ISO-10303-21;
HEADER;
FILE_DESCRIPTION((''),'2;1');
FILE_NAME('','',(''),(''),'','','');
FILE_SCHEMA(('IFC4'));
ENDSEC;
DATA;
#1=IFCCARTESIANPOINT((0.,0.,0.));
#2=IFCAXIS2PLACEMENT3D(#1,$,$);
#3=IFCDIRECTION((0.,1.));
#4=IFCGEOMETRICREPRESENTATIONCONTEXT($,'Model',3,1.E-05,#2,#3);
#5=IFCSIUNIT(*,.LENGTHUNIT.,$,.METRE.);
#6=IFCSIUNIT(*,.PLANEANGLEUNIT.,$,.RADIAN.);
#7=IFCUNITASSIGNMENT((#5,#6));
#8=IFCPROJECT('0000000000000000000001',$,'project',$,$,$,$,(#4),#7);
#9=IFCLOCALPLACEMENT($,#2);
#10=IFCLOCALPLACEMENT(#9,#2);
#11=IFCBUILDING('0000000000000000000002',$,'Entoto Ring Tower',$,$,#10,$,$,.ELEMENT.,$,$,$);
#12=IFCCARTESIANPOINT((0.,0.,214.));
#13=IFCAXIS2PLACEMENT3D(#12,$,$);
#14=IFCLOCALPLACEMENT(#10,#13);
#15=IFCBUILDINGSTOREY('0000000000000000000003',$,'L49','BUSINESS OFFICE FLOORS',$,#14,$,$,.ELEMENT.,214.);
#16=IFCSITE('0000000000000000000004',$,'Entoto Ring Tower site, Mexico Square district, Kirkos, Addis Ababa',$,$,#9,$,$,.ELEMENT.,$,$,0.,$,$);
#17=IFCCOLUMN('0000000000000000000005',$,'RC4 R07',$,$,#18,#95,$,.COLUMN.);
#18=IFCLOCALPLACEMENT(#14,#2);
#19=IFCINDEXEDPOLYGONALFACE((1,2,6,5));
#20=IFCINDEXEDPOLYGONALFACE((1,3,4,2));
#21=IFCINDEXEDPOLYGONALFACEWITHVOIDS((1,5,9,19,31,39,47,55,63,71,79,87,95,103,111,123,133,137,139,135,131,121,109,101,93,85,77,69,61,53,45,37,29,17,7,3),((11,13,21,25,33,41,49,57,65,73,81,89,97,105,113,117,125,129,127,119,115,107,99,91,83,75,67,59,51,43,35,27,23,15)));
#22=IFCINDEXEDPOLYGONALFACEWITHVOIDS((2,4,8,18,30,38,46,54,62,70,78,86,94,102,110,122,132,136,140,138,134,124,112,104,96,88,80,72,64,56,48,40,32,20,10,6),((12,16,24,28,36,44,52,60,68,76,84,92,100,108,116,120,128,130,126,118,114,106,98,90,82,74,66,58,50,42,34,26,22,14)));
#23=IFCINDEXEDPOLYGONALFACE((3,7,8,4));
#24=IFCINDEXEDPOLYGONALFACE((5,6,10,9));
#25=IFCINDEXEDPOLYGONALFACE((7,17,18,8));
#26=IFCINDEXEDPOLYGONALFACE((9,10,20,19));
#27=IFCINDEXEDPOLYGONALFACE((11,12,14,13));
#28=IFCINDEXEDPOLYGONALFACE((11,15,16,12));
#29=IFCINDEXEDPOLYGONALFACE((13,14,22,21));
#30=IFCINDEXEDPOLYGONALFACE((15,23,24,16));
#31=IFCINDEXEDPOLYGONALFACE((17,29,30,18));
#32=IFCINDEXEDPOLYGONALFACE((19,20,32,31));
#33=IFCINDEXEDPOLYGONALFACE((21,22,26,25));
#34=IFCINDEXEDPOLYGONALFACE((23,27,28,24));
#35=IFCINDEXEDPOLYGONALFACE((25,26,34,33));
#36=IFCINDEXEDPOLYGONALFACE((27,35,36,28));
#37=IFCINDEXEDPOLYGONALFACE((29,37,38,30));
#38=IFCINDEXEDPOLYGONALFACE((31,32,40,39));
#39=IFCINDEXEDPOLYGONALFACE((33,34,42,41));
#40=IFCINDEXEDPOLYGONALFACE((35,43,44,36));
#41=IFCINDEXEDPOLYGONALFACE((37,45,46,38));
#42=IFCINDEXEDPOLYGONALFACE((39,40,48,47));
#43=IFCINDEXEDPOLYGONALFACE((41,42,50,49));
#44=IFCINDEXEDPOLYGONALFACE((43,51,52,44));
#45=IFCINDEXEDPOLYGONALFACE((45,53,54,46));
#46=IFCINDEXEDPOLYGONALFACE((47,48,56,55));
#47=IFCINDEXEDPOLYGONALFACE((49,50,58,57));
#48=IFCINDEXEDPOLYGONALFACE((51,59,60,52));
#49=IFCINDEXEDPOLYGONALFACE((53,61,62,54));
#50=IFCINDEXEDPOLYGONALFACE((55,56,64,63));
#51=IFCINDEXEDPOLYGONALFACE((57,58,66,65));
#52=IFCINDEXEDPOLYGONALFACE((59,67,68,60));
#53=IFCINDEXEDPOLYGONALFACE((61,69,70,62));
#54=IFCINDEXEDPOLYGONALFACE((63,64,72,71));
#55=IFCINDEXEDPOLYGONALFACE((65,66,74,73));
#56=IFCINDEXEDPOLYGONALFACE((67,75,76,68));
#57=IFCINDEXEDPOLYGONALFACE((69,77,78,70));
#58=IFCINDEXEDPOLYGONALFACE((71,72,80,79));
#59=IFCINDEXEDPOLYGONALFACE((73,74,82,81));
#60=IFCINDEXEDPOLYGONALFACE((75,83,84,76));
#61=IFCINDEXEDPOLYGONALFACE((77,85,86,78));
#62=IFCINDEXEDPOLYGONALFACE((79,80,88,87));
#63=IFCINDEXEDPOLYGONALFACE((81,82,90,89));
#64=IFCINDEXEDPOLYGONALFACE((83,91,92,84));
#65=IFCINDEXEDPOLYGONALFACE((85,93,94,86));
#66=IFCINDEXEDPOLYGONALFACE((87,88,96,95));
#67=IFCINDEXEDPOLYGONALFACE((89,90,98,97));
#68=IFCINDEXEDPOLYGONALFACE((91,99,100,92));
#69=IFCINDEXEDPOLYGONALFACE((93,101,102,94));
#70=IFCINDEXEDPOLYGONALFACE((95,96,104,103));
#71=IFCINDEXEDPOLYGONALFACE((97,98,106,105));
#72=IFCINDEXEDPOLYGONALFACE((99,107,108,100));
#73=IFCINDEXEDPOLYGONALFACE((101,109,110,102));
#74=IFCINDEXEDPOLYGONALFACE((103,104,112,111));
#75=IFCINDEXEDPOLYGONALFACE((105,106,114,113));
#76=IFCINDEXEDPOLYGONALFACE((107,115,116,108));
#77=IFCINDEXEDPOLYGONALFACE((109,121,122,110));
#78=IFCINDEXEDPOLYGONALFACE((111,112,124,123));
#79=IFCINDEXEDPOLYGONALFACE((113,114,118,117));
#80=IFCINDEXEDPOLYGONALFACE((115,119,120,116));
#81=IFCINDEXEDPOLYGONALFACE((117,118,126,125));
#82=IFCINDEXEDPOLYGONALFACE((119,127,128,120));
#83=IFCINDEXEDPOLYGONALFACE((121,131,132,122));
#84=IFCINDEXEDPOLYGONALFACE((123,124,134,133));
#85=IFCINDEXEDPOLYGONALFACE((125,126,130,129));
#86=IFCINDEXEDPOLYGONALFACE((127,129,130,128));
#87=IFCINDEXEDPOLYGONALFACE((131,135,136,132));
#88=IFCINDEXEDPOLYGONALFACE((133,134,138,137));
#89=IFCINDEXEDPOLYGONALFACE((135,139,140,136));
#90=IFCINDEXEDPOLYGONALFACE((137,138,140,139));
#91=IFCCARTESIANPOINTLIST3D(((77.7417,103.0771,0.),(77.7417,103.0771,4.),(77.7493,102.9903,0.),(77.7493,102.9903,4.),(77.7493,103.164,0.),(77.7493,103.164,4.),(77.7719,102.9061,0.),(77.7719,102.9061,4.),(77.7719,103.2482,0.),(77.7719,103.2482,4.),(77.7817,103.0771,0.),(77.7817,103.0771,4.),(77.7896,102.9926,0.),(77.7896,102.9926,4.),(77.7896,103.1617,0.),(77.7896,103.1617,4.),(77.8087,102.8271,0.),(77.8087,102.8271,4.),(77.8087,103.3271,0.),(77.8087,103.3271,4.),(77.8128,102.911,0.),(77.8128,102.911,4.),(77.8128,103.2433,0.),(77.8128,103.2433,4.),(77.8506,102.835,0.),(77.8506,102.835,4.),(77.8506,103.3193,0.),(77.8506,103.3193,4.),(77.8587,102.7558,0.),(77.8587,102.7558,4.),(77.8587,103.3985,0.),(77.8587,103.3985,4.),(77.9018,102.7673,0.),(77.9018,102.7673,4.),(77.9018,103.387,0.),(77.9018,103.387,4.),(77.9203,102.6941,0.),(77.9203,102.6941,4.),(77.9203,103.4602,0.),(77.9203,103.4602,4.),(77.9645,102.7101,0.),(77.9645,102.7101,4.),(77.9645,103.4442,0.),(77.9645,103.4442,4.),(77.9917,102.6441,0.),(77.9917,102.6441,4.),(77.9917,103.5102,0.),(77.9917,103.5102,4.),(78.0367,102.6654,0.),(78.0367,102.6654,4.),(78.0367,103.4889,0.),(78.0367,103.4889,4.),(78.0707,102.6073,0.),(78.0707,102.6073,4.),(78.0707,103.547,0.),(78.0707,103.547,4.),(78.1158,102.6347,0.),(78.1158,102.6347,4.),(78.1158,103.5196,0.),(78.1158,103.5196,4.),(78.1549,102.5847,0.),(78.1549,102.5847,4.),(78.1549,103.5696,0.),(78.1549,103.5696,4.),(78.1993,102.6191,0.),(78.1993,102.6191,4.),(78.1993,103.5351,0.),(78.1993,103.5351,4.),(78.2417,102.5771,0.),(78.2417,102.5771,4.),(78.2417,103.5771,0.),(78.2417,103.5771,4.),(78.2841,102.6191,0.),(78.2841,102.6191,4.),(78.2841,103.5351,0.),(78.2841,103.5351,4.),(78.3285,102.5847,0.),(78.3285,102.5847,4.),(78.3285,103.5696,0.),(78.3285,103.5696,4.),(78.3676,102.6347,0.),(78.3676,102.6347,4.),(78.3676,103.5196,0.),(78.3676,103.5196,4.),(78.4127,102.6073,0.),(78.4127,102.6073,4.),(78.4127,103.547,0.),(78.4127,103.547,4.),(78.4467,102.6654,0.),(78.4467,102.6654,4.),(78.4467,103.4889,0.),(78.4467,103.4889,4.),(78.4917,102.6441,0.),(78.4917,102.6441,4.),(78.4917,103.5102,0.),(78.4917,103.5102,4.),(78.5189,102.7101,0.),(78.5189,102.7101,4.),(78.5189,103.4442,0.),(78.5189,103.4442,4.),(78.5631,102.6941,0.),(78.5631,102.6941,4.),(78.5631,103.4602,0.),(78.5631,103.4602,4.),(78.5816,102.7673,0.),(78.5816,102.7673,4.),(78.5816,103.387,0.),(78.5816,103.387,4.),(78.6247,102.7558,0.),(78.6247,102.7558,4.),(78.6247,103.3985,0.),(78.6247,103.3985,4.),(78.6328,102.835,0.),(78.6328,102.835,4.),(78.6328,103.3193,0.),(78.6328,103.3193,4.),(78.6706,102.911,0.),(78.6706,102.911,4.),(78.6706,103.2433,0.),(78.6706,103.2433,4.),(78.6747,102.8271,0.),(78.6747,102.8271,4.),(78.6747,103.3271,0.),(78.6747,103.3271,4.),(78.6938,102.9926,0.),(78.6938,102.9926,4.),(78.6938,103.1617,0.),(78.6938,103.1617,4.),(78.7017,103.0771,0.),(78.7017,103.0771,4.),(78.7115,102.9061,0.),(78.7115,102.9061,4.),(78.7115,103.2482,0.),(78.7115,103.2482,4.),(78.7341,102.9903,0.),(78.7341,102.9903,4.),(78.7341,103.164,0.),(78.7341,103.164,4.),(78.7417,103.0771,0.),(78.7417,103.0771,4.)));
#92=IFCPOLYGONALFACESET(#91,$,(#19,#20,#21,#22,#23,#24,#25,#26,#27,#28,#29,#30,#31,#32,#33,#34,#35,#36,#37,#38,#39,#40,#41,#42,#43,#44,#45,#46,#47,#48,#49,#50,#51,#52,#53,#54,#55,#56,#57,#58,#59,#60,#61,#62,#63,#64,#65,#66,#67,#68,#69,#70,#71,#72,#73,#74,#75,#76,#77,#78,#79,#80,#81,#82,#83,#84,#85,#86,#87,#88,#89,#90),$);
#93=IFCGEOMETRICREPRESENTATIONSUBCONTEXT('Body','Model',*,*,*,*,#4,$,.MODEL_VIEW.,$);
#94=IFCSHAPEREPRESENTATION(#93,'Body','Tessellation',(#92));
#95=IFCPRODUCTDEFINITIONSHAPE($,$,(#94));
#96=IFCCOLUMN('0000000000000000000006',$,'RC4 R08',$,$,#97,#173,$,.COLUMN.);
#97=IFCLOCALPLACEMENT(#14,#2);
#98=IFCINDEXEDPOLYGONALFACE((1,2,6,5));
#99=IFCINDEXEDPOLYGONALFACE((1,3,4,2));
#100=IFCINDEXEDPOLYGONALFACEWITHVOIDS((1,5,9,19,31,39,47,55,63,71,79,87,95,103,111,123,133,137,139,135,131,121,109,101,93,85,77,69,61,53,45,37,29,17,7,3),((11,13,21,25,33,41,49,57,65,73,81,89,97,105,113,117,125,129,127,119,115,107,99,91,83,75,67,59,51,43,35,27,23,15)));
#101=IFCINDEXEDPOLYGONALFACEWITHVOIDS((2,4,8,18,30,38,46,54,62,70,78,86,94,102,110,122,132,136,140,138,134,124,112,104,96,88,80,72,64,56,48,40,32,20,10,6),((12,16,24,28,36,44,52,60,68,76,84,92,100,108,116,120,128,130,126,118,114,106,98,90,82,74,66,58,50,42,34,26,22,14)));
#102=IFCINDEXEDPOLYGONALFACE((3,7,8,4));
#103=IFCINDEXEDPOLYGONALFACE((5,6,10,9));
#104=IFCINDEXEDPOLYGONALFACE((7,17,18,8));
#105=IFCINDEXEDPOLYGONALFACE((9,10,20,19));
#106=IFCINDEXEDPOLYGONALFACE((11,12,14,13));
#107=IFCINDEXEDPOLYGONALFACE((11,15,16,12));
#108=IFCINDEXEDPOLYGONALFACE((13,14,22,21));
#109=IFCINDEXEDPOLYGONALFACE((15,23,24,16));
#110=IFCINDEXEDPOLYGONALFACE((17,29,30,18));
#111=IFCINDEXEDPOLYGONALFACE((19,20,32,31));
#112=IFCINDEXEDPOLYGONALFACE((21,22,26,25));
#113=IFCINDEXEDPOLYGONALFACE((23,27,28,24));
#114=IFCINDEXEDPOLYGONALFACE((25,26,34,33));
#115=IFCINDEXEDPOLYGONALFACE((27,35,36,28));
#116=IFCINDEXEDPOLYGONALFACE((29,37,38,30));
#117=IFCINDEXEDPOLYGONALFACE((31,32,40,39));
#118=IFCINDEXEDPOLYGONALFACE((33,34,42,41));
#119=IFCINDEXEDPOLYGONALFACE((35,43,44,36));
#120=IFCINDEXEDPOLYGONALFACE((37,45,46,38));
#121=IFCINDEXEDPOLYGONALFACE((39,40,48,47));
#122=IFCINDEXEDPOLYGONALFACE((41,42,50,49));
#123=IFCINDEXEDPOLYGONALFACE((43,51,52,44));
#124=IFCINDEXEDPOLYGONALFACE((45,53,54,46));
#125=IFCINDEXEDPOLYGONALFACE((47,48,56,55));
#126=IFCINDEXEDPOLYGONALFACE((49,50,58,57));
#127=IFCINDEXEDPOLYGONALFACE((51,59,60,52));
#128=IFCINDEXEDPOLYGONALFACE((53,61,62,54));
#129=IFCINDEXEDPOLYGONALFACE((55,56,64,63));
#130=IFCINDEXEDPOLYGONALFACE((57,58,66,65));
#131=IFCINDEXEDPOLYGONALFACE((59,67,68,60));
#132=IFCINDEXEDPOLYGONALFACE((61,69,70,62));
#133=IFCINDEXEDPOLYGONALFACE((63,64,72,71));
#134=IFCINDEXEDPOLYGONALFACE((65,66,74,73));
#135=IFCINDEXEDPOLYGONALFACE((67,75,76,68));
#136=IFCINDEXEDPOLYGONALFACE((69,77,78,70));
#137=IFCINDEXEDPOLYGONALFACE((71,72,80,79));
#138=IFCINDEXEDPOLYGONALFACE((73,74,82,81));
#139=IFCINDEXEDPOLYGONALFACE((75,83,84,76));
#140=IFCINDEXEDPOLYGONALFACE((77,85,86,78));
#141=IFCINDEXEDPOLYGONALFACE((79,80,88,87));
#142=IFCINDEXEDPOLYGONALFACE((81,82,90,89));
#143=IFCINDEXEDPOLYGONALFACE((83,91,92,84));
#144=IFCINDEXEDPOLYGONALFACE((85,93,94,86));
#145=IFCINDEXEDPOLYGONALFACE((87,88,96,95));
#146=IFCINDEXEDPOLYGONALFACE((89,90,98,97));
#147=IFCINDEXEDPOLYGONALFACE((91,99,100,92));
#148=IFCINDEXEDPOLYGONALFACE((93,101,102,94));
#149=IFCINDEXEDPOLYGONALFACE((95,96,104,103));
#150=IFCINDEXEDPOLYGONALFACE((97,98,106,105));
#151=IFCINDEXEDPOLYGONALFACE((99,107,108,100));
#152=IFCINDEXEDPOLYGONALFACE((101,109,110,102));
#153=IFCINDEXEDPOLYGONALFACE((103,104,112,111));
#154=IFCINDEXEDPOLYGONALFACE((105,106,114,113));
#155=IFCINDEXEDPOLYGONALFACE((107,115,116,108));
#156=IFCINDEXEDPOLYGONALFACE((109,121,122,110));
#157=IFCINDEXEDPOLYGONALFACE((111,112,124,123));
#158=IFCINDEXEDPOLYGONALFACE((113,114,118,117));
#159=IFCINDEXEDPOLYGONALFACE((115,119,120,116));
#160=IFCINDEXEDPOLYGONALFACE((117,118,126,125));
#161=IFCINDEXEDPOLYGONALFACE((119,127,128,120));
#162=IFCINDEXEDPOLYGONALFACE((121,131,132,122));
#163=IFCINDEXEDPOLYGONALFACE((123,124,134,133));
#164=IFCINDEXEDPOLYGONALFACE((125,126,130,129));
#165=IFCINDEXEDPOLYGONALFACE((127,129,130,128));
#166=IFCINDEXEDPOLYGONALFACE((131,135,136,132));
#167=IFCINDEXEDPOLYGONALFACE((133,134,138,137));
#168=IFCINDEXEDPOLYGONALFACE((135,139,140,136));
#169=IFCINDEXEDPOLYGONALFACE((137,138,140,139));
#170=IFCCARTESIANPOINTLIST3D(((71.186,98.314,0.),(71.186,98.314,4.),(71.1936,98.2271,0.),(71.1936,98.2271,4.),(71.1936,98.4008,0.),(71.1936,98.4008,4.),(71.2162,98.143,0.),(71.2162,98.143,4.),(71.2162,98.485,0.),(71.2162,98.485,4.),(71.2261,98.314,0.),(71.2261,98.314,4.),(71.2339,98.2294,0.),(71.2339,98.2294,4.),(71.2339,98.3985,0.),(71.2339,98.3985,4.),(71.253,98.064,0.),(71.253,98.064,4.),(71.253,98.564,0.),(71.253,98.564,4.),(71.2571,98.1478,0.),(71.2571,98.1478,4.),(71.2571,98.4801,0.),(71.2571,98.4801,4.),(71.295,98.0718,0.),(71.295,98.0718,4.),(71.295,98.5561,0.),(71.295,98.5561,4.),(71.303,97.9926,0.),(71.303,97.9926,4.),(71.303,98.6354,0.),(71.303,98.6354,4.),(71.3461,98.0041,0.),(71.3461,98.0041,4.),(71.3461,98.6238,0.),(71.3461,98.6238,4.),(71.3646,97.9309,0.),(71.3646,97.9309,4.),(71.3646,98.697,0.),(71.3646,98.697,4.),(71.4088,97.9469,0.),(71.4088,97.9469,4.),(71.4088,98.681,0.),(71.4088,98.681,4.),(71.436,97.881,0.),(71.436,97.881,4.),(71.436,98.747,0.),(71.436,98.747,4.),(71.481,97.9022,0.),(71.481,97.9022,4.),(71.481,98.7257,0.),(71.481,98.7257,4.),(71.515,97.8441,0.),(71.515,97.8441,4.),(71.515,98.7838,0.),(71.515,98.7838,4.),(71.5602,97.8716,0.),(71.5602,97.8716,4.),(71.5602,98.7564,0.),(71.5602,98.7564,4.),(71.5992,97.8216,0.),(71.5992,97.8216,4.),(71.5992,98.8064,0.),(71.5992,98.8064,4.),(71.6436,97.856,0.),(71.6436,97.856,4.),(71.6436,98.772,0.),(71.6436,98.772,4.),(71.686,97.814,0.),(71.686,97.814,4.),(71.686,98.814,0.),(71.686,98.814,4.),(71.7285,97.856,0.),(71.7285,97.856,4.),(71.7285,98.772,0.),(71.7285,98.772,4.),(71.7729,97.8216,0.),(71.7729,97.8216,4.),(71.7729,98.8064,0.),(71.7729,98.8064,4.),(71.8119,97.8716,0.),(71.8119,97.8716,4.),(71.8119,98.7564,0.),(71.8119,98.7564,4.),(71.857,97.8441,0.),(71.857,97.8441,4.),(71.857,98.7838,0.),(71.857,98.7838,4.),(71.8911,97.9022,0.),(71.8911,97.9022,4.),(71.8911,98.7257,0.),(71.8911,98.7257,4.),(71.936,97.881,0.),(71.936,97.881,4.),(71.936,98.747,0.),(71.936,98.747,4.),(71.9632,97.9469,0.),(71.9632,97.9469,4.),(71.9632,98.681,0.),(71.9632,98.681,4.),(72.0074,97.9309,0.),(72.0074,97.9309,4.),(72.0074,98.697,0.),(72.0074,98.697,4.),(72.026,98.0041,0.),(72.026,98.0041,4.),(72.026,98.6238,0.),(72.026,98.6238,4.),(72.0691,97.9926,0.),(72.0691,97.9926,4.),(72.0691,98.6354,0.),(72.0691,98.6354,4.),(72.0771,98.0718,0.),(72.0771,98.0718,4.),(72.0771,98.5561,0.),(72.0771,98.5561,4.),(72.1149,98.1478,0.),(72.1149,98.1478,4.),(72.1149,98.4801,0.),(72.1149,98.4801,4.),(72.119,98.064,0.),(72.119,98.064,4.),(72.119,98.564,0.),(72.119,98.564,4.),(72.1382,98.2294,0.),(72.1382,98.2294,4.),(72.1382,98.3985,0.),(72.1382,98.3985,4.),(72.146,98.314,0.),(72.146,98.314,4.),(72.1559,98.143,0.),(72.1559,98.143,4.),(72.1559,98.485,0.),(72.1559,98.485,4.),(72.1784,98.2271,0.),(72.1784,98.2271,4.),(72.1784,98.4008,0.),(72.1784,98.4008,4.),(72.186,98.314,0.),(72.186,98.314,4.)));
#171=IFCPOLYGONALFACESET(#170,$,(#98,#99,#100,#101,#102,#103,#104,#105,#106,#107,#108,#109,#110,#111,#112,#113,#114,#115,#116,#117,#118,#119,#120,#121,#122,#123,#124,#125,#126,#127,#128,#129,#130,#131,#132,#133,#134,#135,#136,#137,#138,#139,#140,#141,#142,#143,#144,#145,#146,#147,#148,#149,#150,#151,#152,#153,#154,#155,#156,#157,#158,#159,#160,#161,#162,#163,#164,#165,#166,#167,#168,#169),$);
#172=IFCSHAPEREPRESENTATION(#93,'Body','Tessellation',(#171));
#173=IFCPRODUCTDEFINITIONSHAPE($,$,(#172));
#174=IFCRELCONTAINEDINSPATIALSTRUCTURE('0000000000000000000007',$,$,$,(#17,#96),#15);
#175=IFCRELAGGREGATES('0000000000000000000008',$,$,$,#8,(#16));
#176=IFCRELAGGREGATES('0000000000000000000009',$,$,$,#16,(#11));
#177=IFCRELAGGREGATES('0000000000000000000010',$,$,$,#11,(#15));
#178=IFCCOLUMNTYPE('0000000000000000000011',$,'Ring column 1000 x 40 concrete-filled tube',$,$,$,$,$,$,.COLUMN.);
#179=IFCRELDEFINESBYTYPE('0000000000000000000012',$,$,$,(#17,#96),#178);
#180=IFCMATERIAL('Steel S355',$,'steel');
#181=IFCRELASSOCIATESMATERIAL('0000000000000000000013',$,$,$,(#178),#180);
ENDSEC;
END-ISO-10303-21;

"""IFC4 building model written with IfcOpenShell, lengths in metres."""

from ifc_helpers import new_model, si_unit, direction, frame, origin, origin_2d, place, context, subcontext, project, spatial, circle, hollow_circle, extrude, material, material_profile, profile_set, type_object, element, save


model = new_model("IFC4")

# Units and contexts
model_context = context("Model", 3, precision=1e-05, world=origin(), true_north=direction((0.0, 1.0)))
body_context = subcontext(model_context, "Body", "Model", "MODEL_VIEW")
ifc_project = project(units=[si_unit("LENGTHUNIT", "METRE"), si_unit("PLANEANGLEUNIT", "RADIAN")], contexts=[model_context])

# Site, building, storey
site_placement = place(None, origin())
site = spatial("IfcSite", under=ifc_project, at=site_placement, Name="Entoto Ring Tower site, Mexico Square district, Kirkos, Addis Ababa", CompositionType="ELEMENT", RefElevation=0.0)
building_placement = place(site_placement, origin())
building = spatial("IfcBuilding", under=site, at=building_placement, Name="Entoto Ring Tower", CompositionType="ELEMENT")
storey_placement = place(building_placement, frame((0.0, 0.0, 214.0)))
storey = spatial("IfcBuildingStorey", under=building, at=storey_placement, Name="L49", Description="BUSINESS OFFICE FLOORS", CompositionType="ELEMENT", Elevation=214.0)

# Columns
ifc_material_1 = material(Name="Steel S355", Category="steel")
ifc_material_profile_1 = material_profile(ifc_material_1, hollow_circle(Radius=0.5, WallThickness=0.04, at=origin_2d()), Name="CHS 1000 x 40")
ifc_material_2 = material(Name="Concrete C60/75", Category="concrete")
ifc_material_profile_2 = material_profile(ifc_material_2, circle(Radius=0.46, at=origin_2d()), Name="Concrete C60/75 infill")
ifc_profile_set_1 = profile_set([ifc_material_profile_1, ifc_material_profile_2], Name="Steel S355")
column_type = type_object("IfcColumnType", Name="Ring column 1000 x 40 concrete-filled tube", PredefinedType="COLUMN", material=ifc_profile_set_1)
for number, where, z_axis, x_axis, name in (
    (1, (78.2417, 103.0771, 0.0), (0.0, 0.0, 1.0), (1.0, 0.0, 0.0), "RC4 R07"),
    (2, (71.686, 98.314, 0.0), (0.0, 0.0, 1.0), (1.0, 0.0, 0.0), "RC4 R08"),
):
    element("IfcColumn", number, at=place(storey_placement, frame(where, z_axis=z_axis, x_axis=x_axis)), inside=storey, type_object=column_type, Name=name, PredefinedType="COLUMN", context=body_context, shape_type="SweptSolid", body=[
        extrude(hollow_circle(Radius=0.5, WallThickness=0.04, at=origin_2d()), origin(), (0.0, 0.0, 1.0), 4.0),
    ])

save(model, "model.ifc")
